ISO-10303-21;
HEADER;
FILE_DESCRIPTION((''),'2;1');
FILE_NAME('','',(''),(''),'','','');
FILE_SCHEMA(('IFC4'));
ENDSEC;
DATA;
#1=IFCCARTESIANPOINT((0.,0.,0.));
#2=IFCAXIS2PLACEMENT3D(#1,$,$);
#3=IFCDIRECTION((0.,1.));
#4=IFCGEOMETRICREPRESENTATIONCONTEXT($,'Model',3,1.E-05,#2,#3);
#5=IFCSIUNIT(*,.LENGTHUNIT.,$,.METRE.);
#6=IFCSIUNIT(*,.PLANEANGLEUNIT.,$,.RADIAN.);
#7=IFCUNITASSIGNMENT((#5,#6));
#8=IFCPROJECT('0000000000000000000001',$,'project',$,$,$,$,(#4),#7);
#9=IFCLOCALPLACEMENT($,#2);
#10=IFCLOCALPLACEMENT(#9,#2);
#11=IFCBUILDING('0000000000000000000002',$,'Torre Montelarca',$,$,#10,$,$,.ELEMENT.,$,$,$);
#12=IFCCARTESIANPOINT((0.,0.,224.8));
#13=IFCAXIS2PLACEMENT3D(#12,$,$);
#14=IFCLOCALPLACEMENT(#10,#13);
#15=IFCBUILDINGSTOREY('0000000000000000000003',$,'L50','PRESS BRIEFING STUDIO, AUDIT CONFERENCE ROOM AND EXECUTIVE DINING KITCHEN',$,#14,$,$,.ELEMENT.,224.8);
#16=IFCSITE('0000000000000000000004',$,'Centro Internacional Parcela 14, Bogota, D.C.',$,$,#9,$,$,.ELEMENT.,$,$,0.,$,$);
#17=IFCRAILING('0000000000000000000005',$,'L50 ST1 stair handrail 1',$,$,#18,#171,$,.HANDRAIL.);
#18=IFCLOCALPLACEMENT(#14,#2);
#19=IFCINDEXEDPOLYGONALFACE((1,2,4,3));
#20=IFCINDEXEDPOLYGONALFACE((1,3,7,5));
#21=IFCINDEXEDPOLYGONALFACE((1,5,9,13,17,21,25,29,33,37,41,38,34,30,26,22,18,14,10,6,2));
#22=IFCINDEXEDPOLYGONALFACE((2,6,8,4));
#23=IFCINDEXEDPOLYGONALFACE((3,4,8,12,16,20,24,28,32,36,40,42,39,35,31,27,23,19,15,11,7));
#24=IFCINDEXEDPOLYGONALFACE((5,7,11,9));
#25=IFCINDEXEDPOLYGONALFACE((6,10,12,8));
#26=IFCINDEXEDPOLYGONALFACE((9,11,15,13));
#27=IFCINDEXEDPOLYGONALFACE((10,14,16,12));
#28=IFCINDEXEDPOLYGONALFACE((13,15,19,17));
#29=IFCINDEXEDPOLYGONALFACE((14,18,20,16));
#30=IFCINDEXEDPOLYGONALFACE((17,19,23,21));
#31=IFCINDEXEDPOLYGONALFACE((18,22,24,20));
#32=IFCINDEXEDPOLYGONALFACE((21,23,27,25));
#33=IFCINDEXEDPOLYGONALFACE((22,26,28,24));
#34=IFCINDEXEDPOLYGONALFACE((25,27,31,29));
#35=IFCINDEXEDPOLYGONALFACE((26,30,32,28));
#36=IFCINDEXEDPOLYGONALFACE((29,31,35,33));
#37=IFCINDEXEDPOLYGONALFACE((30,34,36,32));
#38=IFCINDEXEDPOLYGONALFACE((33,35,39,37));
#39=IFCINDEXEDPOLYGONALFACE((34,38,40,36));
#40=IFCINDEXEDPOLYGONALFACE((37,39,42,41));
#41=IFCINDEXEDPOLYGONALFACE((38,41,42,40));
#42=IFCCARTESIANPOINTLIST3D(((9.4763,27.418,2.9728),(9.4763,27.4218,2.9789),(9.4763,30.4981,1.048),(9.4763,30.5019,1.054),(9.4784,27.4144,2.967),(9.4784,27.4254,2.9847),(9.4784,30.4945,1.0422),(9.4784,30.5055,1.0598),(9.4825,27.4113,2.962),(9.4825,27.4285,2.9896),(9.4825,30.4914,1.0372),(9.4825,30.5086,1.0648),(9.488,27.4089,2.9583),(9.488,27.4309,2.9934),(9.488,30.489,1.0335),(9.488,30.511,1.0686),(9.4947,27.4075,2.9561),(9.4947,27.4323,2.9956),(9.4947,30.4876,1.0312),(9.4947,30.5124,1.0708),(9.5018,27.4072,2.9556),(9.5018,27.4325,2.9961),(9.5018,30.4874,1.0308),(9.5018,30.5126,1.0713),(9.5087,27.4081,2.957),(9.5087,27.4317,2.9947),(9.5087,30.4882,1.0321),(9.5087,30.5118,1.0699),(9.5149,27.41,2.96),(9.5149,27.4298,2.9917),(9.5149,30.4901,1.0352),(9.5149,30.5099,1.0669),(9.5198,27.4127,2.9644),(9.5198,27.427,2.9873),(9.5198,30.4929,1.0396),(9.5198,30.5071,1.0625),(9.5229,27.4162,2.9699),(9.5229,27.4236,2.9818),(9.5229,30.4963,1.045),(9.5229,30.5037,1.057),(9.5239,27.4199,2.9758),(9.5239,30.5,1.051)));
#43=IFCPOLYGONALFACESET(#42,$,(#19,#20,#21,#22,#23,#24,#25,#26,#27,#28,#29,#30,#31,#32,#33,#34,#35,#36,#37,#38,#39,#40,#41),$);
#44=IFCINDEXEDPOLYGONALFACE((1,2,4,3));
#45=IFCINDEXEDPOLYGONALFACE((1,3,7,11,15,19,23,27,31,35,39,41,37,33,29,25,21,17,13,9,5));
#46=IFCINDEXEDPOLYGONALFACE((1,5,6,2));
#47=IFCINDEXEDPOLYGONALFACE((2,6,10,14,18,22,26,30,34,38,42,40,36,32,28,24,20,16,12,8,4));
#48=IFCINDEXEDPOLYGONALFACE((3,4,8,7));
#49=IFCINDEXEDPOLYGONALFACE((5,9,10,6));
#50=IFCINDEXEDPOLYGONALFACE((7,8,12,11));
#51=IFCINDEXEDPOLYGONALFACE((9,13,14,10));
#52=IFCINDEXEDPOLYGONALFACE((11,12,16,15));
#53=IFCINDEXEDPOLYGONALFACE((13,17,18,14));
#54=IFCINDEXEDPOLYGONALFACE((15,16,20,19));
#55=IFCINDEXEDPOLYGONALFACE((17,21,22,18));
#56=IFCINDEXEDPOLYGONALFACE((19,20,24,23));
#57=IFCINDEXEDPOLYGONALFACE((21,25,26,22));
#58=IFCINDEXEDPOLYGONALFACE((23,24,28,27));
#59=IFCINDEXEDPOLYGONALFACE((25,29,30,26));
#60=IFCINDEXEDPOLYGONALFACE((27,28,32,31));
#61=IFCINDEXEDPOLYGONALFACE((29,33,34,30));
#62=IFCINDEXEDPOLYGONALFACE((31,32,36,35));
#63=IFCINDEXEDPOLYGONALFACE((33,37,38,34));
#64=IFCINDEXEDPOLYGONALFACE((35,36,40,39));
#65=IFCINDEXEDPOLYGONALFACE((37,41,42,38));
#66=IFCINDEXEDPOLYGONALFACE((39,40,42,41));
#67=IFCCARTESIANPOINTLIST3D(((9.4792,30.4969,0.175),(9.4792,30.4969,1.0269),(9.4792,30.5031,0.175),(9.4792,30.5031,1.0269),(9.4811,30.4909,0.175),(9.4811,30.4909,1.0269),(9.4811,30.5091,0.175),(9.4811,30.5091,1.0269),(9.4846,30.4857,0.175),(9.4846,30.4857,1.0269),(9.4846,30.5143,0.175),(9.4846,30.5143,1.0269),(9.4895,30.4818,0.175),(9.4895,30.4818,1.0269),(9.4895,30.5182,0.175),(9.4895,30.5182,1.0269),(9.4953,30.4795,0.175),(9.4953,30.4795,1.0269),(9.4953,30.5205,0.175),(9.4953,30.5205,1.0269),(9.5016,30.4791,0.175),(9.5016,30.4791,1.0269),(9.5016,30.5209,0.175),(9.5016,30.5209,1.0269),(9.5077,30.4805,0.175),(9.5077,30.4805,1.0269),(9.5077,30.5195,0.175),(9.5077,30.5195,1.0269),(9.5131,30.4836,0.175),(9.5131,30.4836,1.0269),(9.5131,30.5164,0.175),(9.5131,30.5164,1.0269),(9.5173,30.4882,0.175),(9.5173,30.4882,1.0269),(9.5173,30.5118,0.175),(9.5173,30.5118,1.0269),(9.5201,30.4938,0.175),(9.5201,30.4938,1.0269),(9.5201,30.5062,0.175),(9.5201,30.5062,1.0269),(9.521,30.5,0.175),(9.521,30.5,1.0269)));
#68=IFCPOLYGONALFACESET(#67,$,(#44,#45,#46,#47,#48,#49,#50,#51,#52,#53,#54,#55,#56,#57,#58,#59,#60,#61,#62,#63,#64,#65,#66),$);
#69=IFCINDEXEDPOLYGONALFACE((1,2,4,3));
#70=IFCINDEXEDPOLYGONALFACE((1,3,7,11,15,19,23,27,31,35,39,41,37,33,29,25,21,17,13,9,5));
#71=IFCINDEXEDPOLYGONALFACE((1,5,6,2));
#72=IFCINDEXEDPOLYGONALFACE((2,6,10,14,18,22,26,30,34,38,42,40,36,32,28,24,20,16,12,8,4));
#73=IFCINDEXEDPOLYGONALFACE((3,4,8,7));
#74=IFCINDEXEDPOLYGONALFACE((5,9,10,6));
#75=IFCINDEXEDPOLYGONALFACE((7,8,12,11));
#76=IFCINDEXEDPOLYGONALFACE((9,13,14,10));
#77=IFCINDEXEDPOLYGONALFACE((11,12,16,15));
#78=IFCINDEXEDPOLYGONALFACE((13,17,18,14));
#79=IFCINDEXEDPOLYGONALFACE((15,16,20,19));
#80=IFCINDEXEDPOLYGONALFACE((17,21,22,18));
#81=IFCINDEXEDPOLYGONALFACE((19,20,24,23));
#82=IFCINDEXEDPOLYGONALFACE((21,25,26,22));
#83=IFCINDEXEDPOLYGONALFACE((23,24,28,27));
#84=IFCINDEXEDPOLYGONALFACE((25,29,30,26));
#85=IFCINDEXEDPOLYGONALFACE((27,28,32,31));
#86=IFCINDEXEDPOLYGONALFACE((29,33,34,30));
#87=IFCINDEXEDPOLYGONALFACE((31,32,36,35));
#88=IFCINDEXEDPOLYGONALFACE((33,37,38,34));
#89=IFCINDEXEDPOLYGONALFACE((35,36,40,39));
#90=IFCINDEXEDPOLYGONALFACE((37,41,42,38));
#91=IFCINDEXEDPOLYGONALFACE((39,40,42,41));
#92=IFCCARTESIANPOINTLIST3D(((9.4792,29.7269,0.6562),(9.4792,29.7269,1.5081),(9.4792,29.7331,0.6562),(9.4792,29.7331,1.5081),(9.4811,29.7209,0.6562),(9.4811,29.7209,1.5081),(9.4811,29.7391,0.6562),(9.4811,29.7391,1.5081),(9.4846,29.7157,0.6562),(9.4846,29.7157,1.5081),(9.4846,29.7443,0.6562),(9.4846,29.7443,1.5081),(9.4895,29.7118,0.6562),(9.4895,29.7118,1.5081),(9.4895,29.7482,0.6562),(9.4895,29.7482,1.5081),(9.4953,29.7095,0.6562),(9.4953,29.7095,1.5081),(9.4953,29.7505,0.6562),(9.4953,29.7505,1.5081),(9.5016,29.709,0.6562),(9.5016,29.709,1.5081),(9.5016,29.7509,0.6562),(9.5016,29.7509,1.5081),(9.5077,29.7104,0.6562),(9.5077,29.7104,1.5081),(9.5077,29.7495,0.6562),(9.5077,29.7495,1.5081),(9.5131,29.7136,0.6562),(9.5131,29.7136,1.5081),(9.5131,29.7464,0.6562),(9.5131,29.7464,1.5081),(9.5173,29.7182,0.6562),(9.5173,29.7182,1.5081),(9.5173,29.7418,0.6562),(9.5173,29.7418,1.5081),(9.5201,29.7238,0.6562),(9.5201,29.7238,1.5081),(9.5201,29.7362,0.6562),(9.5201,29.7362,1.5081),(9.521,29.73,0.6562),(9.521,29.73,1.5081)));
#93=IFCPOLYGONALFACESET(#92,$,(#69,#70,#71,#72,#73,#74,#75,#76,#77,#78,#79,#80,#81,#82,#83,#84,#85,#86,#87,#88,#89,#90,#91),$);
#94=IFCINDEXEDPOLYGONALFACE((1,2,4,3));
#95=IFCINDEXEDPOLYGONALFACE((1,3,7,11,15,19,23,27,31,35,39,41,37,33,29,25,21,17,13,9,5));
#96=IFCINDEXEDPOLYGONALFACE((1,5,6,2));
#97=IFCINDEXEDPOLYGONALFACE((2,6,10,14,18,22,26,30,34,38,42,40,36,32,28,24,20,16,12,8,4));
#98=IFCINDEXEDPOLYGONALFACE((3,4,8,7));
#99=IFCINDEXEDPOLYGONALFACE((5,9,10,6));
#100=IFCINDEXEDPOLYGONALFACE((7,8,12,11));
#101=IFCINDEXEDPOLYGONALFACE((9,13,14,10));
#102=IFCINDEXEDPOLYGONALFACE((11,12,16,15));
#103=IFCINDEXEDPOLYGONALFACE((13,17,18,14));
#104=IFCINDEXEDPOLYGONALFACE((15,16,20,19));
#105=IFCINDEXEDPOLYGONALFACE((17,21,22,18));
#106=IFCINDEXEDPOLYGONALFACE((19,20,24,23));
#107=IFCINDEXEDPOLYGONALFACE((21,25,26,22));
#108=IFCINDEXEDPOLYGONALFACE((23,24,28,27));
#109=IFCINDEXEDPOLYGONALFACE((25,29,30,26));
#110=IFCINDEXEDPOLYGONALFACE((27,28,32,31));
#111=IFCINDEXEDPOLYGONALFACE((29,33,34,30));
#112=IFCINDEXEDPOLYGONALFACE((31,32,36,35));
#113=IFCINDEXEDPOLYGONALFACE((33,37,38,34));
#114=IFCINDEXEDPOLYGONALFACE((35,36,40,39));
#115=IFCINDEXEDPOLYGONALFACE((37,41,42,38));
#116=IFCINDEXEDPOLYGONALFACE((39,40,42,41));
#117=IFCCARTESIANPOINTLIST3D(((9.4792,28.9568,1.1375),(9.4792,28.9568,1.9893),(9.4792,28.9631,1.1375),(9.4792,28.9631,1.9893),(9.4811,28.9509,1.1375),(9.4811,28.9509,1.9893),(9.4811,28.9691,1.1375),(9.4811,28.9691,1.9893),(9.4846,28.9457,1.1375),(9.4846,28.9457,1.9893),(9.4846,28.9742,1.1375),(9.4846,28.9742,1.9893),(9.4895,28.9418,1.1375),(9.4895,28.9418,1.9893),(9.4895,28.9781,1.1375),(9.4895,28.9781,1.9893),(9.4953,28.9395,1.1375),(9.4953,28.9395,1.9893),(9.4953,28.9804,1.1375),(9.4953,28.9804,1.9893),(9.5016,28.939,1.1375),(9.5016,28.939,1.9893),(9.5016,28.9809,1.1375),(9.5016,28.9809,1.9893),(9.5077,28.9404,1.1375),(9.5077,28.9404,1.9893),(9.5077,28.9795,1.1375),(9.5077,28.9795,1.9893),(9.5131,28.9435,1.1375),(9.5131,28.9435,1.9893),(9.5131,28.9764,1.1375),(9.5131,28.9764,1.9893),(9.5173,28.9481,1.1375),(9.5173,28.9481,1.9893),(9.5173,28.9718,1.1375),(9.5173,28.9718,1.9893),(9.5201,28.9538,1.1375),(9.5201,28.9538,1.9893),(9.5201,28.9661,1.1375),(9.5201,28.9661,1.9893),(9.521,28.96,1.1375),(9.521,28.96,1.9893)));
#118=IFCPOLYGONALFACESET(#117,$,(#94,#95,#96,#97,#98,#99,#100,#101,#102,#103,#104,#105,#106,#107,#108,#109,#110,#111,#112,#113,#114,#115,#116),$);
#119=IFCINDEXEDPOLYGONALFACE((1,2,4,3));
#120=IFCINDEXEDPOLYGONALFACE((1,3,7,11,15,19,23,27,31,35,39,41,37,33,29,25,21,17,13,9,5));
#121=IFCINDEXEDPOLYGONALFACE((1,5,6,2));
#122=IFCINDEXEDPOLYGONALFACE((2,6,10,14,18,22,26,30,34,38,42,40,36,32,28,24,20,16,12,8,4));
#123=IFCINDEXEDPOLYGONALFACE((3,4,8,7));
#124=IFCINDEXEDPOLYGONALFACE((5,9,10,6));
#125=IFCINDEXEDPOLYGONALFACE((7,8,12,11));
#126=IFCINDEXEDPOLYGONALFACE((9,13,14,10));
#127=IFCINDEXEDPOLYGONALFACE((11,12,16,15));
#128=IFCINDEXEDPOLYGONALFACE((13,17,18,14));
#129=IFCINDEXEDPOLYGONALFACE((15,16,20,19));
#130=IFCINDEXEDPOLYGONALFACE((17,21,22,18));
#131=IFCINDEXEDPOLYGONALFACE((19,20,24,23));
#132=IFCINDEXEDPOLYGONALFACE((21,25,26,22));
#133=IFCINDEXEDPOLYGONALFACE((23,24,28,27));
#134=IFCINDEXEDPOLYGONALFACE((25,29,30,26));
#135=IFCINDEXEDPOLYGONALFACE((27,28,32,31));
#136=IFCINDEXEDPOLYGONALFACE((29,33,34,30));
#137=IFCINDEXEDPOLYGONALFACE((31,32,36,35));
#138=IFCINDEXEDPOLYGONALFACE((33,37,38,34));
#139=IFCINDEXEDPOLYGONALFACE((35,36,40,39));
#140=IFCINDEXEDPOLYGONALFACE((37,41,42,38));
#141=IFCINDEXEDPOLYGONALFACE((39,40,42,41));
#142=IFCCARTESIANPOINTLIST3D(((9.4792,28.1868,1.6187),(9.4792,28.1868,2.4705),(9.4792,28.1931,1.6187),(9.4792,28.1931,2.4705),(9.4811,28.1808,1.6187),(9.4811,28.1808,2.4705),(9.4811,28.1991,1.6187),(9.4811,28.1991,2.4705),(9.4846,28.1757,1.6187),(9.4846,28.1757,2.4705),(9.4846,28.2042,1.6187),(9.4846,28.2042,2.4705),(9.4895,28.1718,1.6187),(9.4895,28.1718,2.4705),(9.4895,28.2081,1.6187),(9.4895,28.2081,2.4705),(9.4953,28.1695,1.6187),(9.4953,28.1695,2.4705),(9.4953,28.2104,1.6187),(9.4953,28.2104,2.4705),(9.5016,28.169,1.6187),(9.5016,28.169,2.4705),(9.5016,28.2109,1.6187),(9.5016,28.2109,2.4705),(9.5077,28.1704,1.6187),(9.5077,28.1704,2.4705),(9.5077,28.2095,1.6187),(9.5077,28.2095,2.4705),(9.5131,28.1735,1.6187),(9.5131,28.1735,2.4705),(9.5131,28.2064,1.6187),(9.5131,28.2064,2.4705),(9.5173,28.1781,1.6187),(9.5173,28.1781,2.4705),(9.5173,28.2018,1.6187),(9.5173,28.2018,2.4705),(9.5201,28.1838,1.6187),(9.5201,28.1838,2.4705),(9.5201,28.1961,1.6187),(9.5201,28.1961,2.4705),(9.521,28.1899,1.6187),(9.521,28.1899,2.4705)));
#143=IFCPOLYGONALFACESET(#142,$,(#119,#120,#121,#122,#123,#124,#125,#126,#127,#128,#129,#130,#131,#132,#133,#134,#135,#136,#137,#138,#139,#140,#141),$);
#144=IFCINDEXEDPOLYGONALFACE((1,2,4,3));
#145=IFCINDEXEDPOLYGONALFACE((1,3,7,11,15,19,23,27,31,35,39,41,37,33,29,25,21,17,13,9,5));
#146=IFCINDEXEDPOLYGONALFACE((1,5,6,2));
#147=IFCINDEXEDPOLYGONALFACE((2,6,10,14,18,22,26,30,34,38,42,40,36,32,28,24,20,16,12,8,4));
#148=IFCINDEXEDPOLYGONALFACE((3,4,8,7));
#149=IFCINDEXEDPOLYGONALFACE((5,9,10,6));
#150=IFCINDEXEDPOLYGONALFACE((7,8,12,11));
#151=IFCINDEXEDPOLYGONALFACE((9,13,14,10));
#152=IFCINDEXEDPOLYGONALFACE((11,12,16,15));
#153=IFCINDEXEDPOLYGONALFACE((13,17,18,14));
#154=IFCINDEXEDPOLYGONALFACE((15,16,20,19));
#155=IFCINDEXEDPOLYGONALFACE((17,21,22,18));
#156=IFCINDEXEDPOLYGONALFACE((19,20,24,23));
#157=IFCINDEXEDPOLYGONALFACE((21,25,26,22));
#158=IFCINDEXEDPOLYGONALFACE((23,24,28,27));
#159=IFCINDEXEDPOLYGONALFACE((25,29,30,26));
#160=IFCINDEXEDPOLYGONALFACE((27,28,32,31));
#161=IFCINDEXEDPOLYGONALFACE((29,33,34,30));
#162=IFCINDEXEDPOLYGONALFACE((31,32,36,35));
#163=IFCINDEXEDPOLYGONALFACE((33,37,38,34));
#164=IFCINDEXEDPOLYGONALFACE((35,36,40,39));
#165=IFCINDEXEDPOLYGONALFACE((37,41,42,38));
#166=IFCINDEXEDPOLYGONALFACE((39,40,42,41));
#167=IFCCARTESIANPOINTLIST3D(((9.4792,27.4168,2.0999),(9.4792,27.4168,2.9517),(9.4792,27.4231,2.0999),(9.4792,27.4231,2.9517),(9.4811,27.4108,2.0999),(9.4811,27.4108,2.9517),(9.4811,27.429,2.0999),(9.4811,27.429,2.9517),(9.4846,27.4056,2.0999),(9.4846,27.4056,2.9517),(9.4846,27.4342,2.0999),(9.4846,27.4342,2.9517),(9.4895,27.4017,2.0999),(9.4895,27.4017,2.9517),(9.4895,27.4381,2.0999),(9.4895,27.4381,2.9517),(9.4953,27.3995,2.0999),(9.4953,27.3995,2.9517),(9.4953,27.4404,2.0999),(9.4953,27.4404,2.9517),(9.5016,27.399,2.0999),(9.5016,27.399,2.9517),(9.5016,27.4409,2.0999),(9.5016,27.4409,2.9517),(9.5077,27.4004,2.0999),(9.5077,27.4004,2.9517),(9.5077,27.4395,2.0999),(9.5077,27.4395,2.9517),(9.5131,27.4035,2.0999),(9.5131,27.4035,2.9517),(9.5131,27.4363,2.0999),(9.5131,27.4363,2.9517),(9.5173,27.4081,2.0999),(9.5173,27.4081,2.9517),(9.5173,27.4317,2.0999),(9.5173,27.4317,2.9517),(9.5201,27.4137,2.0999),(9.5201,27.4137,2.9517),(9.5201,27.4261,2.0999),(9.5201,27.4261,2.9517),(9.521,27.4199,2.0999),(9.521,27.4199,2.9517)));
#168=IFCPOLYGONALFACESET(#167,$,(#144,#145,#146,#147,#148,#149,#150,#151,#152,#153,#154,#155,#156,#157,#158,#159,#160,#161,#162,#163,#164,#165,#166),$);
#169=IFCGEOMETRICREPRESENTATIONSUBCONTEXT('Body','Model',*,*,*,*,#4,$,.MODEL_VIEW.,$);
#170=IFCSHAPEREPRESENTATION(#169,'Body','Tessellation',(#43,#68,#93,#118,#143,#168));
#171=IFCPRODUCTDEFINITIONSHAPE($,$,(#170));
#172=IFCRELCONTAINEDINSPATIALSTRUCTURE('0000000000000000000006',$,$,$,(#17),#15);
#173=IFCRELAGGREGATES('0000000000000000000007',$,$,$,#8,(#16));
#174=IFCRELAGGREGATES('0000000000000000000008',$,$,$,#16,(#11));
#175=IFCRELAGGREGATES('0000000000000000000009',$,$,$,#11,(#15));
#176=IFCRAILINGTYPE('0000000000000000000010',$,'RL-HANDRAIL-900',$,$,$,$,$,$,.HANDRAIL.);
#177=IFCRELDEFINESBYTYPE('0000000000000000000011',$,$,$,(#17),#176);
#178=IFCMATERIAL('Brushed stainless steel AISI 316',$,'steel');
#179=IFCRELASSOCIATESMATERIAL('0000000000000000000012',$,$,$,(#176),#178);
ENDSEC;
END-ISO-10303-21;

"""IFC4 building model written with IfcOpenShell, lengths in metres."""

from ifc_helpers import new_model, si_unit, direction, frame, origin, origin_2d, place, context, subcontext, project, spatial, circle, extrude, material, type_object, element, save


model = new_model("IFC4")

# Units and contexts
model_context = context("Model", 3, precision=1e-05, world=origin(), true_north=direction((0.0, 1.0)))
body_context = subcontext(model_context, "Body", "Model", "MODEL_VIEW")
ifc_project = project(units=[si_unit("LENGTHUNIT", "METRE"), si_unit("PLANEANGLEUNIT", "RADIAN")], contexts=[model_context])

# Site, building, storey
site_placement = place(None, origin())
site = spatial("IfcSite", under=ifc_project, at=site_placement, Name="Centro Internacional Parcela 14, Bogota, D.C.", CompositionType="ELEMENT", RefElevation=0.0)
building_placement = place(site_placement, origin())
building = spatial("IfcBuilding", under=site, at=building_placement, Name="Torre Montelarca", CompositionType="ELEMENT")
storey_placement = place(building_placement, frame((0.0, 0.0, 224.8)))
storey = spatial("IfcBuildingStorey", under=building, at=storey_placement, Name="L50", Description="PRESS BRIEFING STUDIO, AUDIT CONFERENCE ROOM AND EXECUTIVE DINING KITCHEN", CompositionType="ELEMENT", Elevation=224.8)

# Shared definitions
ifc_material_1 = material(Name="Brushed stainless steel AISI 316", Category="steel")

# Railing
railing_type_1 = type_object("IfcRailingType", Name="RL-HANDRAIL-900", PredefinedType="HANDRAIL", material=ifc_material_1)
railing_1_placement = place(storey_placement, frame((9.5, 30.5, 0.175)))
element("IfcRailing", 1, at=railing_1_placement, inside=storey, type_object=railing_type_1, Name="L50 ST1 stair handrail 1", PredefinedType="HANDRAIL", context=body_context, shape_type="SweptSolid", body=[
    extrude(circle(Radius=0.0239, at=origin_2d()), frame((0.0, 0.0, 0.876), z_axis=(0.0, -0.848029, 0.529951), x_axis=(1.0, 0.0, 0.0)), (0.0, 0.0, 1.0), 3.6321),
    extrude(circle(Radius=0.021, at=origin_2d()), origin(), (0.0, 0.0, 1.0), 0.8518),
    extrude(circle(Radius=0.021, at=origin_2d()), frame((0.0, -0.77, 0.4812)), (0.0, 0.0, 1.0), 0.8518),
    extrude(circle(Radius=0.021, at=origin_2d()), frame((0.0, -1.54, 0.9624)), (0.0, 0.0, 1.0), 0.8518),
    extrude(circle(Radius=0.021, at=origin_2d()), frame((0.0, -2.3101, 1.4436)), (0.0, 0.0, 1.0), 0.8518),
    extrude(circle(Radius=0.021, at=origin_2d()), frame((0.0, -3.0801, 1.9248)), (0.0, 0.0, 1.0), 0.8518),
])

save(model, "model.ifc")
